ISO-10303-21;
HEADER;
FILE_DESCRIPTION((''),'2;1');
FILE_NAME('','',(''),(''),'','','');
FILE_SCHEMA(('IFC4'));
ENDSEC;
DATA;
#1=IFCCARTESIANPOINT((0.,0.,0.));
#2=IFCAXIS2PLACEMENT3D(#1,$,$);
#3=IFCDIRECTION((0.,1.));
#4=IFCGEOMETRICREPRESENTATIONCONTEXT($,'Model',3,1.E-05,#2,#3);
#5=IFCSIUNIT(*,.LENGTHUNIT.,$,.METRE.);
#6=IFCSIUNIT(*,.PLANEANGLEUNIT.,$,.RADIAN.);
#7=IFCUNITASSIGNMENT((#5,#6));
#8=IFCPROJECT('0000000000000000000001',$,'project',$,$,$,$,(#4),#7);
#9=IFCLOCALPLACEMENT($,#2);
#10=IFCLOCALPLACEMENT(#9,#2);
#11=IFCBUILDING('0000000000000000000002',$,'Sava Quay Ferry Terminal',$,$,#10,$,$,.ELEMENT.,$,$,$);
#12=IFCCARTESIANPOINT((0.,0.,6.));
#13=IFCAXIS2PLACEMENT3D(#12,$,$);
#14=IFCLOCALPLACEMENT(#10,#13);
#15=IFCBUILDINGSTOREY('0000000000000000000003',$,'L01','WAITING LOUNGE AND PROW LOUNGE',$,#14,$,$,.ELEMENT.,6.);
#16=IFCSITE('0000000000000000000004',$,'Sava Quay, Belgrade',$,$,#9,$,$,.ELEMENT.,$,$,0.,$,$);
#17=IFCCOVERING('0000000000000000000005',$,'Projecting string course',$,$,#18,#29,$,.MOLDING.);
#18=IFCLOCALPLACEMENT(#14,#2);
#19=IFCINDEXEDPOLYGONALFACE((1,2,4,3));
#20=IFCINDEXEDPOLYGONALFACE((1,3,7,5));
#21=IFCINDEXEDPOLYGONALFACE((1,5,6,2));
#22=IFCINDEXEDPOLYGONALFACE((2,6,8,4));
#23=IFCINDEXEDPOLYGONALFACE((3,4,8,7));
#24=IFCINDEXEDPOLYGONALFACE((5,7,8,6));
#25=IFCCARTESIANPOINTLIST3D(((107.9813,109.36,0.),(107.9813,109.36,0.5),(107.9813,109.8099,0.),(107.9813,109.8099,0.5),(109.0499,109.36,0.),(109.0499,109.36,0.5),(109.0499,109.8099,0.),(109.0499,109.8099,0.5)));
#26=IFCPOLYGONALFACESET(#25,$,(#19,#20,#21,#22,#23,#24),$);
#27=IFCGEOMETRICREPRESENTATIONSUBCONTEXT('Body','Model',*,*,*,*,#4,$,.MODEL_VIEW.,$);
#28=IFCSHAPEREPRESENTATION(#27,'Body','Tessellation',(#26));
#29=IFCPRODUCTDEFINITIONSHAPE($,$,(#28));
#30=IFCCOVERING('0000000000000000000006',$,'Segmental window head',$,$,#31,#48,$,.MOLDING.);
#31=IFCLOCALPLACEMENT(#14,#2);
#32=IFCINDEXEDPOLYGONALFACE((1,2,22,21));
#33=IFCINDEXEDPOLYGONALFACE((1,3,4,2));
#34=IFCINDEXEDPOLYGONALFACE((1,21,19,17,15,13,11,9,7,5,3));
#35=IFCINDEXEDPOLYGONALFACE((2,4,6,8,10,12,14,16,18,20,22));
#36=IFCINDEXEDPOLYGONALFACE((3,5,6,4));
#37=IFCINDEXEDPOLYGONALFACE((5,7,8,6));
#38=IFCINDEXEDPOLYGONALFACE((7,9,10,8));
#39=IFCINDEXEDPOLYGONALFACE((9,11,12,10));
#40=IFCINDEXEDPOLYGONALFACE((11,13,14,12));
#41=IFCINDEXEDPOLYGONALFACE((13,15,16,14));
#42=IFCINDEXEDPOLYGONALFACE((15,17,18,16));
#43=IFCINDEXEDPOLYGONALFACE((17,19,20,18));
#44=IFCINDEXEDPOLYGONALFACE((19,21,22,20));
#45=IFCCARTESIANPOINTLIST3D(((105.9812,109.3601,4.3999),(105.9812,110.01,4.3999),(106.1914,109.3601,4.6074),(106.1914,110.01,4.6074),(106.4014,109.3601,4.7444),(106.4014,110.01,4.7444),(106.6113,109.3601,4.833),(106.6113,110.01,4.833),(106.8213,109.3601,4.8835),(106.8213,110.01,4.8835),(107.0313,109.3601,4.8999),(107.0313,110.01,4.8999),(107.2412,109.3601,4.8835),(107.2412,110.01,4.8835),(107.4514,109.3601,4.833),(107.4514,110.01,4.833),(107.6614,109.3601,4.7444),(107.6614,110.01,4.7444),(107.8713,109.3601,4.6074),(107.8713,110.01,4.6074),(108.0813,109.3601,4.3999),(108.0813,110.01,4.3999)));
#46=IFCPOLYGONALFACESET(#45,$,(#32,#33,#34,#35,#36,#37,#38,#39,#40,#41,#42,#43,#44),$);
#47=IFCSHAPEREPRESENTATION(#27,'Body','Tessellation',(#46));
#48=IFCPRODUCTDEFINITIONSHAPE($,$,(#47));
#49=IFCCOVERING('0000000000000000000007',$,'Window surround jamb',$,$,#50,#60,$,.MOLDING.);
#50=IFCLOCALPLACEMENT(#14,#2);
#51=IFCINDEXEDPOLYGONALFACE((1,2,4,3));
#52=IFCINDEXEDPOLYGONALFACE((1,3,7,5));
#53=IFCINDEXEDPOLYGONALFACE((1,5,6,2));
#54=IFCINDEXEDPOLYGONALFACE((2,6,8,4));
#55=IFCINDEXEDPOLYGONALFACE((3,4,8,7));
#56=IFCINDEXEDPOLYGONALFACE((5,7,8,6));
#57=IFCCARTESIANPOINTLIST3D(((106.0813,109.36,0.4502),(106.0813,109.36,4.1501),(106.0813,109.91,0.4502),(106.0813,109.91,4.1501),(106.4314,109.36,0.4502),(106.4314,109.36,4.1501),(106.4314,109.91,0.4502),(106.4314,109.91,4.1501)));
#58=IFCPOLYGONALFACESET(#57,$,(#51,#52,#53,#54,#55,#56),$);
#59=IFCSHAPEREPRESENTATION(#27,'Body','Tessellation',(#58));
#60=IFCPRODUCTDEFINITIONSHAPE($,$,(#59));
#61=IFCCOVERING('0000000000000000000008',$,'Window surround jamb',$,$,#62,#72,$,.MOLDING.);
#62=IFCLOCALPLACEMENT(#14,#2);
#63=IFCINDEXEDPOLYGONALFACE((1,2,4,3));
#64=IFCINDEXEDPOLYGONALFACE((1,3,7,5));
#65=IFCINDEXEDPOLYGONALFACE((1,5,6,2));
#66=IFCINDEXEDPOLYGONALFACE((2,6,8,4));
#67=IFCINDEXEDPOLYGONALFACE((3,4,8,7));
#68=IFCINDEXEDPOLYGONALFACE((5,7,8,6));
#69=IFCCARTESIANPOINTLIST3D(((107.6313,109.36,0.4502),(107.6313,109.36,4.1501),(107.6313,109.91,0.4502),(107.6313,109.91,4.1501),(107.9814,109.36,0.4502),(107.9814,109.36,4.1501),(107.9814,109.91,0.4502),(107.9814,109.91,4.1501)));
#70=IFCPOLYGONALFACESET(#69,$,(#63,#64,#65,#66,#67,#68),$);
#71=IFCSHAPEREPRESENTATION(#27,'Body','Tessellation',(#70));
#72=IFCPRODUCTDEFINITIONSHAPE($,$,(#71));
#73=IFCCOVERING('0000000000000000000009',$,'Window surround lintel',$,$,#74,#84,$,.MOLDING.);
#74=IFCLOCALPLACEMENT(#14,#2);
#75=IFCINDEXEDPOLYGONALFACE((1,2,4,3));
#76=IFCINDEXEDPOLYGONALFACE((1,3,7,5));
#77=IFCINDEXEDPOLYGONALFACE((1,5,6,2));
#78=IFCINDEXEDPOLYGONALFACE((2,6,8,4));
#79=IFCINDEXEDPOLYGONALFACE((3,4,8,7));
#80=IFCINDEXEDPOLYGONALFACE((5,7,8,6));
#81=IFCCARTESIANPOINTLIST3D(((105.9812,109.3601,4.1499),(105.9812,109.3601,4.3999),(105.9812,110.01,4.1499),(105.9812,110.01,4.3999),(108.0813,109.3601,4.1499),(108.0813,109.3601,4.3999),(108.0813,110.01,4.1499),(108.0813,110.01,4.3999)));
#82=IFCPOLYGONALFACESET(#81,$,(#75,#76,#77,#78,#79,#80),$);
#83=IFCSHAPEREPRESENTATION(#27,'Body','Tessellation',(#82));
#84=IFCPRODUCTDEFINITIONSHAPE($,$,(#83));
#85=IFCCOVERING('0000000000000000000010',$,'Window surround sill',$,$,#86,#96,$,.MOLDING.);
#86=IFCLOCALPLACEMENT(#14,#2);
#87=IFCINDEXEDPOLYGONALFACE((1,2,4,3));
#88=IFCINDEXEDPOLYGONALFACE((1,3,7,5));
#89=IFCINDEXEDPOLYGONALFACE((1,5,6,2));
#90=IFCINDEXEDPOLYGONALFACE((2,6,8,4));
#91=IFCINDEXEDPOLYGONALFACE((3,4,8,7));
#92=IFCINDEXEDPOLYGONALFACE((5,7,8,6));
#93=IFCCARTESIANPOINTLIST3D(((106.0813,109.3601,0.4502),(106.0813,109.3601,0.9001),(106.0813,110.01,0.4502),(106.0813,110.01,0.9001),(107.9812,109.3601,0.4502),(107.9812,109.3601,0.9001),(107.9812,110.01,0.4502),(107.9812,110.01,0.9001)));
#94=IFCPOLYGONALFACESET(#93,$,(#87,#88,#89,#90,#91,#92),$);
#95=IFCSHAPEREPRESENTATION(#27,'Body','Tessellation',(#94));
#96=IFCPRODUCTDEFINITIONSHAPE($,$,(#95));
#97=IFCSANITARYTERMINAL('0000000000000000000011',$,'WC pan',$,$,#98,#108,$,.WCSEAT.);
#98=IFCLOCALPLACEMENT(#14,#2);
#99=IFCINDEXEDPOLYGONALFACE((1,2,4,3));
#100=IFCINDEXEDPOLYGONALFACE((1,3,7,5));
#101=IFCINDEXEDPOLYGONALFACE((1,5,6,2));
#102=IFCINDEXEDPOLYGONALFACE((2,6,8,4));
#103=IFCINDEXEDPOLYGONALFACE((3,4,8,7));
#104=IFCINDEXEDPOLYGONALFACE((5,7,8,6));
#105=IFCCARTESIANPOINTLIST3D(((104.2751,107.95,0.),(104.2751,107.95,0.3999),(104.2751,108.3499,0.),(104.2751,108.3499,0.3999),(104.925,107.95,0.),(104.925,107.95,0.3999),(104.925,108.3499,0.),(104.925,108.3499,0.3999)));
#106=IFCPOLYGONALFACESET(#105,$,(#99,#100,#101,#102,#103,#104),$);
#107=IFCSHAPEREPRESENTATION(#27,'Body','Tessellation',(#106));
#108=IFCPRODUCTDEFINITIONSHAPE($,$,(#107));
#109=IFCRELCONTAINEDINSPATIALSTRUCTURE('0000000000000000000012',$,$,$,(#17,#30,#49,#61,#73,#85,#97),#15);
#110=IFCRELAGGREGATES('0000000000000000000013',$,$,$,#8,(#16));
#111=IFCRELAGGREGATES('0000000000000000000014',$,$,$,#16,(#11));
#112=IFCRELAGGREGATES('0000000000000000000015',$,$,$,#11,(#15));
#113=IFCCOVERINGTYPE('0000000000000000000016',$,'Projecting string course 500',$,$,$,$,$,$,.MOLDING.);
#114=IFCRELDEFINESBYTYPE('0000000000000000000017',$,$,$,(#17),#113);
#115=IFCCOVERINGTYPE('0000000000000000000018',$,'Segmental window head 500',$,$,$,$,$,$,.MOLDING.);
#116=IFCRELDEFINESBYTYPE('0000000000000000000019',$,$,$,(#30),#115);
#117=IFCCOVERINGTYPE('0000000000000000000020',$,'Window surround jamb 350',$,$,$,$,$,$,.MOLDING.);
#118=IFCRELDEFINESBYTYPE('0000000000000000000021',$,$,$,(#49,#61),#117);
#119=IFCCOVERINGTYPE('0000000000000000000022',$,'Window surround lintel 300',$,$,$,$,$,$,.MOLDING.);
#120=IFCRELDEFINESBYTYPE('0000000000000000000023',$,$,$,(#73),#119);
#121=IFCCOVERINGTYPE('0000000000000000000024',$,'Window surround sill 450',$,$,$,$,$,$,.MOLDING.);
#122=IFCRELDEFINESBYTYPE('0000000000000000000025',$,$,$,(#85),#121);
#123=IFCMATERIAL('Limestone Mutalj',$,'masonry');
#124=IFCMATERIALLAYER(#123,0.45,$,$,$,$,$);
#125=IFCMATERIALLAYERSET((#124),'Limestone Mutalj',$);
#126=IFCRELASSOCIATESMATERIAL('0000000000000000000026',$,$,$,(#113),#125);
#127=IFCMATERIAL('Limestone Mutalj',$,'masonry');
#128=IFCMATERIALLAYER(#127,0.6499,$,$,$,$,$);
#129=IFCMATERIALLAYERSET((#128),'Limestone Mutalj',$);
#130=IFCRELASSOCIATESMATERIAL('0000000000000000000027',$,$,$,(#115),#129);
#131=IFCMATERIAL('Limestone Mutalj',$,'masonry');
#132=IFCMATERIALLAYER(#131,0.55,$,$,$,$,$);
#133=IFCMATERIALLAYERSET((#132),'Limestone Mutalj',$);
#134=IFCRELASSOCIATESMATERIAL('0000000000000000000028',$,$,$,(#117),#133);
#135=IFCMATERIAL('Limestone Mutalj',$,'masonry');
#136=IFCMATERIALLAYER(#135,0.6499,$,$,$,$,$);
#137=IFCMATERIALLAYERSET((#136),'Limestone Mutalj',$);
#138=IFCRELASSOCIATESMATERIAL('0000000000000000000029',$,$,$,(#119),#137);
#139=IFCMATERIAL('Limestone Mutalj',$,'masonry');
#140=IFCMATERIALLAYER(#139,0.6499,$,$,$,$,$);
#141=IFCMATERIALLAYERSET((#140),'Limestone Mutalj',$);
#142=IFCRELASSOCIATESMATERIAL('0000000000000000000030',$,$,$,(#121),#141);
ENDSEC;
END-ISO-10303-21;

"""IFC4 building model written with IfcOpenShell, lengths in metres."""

from ifc_helpers import new_model, si_unit, direction, frame, origin, origin_2d, place, context, subcontext, project, spatial, polyline, rectangle, outline, extrude, material, layer, layer_set, type_object, element, save


model = new_model("IFC4")

# Units and contexts
model_context = context("Model", 3, precision=1e-05, world=origin(), true_north=direction((0.0, 1.0)))
body_context = subcontext(model_context, "Body", "Model", "MODEL_VIEW")
ifc_project = project(units=[si_unit("LENGTHUNIT", "METRE"), si_unit("PLANEANGLEUNIT", "RADIAN")], contexts=[model_context])

# Site, building, storey
site_placement = place(None, origin())
site = spatial("IfcSite", under=ifc_project, at=site_placement, Name="Sava Quay, Belgrade", CompositionType="ELEMENT", RefElevation=0.0)
building_placement = place(site_placement, origin())
building = spatial("IfcBuilding", under=site, at=building_placement, Name="Sava Quay Ferry Terminal", CompositionType="ELEMENT")
storey_placement = place(building_placement, frame((0.0, 0.0, 6.0)))
storey = spatial("IfcBuildingStorey", under=building, at=storey_placement, Name="L01", Description="WAITING LOUNGE AND PROW LOUNGE", CompositionType="ELEMENT", Elevation=6.0)

# Coverings
ifc_material_1 = material(Name="Limestone Mutalj", Category="masonry")
ifc_layer_1 = layer(ifc_material_1, 0.45)
ifc_layer_set_1 = layer_set([ifc_layer_1], Name="Limestone Mutalj")
covering_type_1 = type_object("IfcCoveringType", Name="Projecting string course 500", PredefinedType="MOLDING", material=ifc_layer_set_1)
covering_1_placement = place(storey_placement, frame((108.5156, 109.585, 0.0), z_axis=(0.0, 0.0, 1.0), x_axis=(1.0, 0.0, 0.0)))
element("IfcCovering", 1, at=covering_1_placement, inside=storey, type_object=covering_type_1, Name="Projecting string course", PredefinedType="MOLDING", context=body_context, shape_type="SweptSolid", body=[
    extrude(rectangle(XDim=1.0686, YDim=0.45, at=origin_2d()), origin(), (0.0, 0.0, 1.0), 0.5),
])
ifc_material_2 = material(Name="Limestone Mutalj", Category="masonry")
ifc_layer_2 = layer(ifc_material_2, 0.6499)
ifc_layer_set_2 = layer_set([ifc_layer_2], Name="Limestone Mutalj")
covering_type_2 = type_object("IfcCoveringType", Name="Segmental window head 500", PredefinedType="MOLDING", material=ifc_layer_set_2)
covering_2_placement = place(storey_placement, frame((105.9812, 110.01, 4.3999), z_axis=(0.0, 1.0, 0.0), x_axis=(0.711638, 0.0, 0.702546)))
element("IfcCovering", 2, at=covering_2_placement, inside=storey, type_object=covering_type_2, Name="Segmental window head", PredefinedType="MOLDING", context=body_context, shape_type="SweptSolid", body=[
    extrude(outline(polyline([(0.0, 0.0), (0.2954, 0.0), (0.541, 0.05), (0.7527, 0.1345), (0.9376, 0.246), (1.0985, 0.3819), (1.2365, 0.541), (1.3505, 0.7247), (1.4377, 0.9353), (1.4909, 1.1802), (1.4945, 1.4754), (0.0, 0.0)])), origin(), (0.0, 0.0, -1.0), 0.6499),
])
ifc_material_3 = material(Name="Limestone Mutalj", Category="masonry")
ifc_layer_3 = layer(ifc_material_3, 0.55)
ifc_layer_set_3 = layer_set([ifc_layer_3], Name="Limestone Mutalj")
covering_type_3 = type_object("IfcCoveringType", Name="Window surround jamb 350", PredefinedType="MOLDING", material=ifc_layer_set_3)
for number, where, z_axis, x_axis, name in (
    (3, (106.2563, 109.635, 0.4502), (0.0, 0.0, 1.0), (1.0, 0.0, 0.0), "Window surround jamb"),
    (4, (107.8064, 109.635, 0.4502), (0.0, 0.0, 1.0), (1.0, 0.0, 0.0), "Window surround jamb"),
):
    element("IfcCovering", number, at=place(storey_placement, frame(where, z_axis=z_axis, x_axis=x_axis)), inside=storey, type_object=covering_type_3, Name=name, PredefinedType="MOLDING", context=body_context, shape_type="SweptSolid", body=[
        extrude(rectangle(XDim=0.3501, YDim=0.55, at=origin_2d()), origin(), (0.0, 0.0, 1.0), 3.7),
    ])
ifc_material_4 = material(Name="Limestone Mutalj", Category="masonry")
ifc_layer_4 = layer(ifc_material_4, 0.6499)
ifc_layer_set_4 = layer_set([ifc_layer_4], Name="Limestone Mutalj")
covering_type_4 = type_object("IfcCoveringType", Name="Window surround lintel 300", PredefinedType="MOLDING", material=ifc_layer_set_4)
covering_3_placement = place(storey_placement, frame((107.0312, 109.6851, 4.1499), z_axis=(0.0, 0.0, 1.0), x_axis=(1.0, 0.0, 0.0)))
element("IfcCovering", 5, at=covering_3_placement, inside=storey, type_object=covering_type_4, Name="Window surround lintel", PredefinedType="MOLDING", context=body_context, shape_type="SweptSolid", body=[
    extrude(rectangle(XDim=2.1001, YDim=0.6499, at=origin_2d()), origin(), (0.0, 0.0, 1.0), 0.25),
])
ifc_material_5 = material(Name="Limestone Mutalj", Category="masonry")
ifc_layer_5 = layer(ifc_material_5, 0.6499)
ifc_layer_set_5 = layer_set([ifc_layer_5], Name="Limestone Mutalj")
covering_type_5 = type_object("IfcCoveringType", Name="Window surround sill 450", PredefinedType="MOLDING", material=ifc_layer_set_5)
covering_4_placement = place(storey_placement, frame((107.0312, 109.6851, 0.4502), z_axis=(0.0, 0.0, 1.0), x_axis=(1.0, 0.0, 0.0)))
element("IfcCovering", 6, at=covering_4_placement, inside=storey, type_object=covering_type_5, Name="Window surround sill", PredefinedType="MOLDING", context=body_context, shape_type="SweptSolid", body=[
    extrude(rectangle(XDim=1.8999, YDim=0.6499, at=origin_2d()), origin(), (0.0, 0.0, 1.0), 0.45),
])

# Sanitary terminal
sanitary_terminal_placement = place(storey_placement, frame((104.6001, 108.1499, 0.0), z_axis=(0.0, 0.0, 1.0), x_axis=(1.0, 0.0, 0.0)))
element("IfcSanitaryTerminal", 7, at=sanitary_terminal_placement, inside=storey, Name="WC pan", PredefinedType="WCSEAT", context=body_context, shape_type="SweptSolid", body=[
    extrude(rectangle(XDim=0.6499, YDim=0.3999, at=origin_2d()), origin(), (0.0, 0.0, 1.0), 0.3999),
])

save(model, "model.ifc")
